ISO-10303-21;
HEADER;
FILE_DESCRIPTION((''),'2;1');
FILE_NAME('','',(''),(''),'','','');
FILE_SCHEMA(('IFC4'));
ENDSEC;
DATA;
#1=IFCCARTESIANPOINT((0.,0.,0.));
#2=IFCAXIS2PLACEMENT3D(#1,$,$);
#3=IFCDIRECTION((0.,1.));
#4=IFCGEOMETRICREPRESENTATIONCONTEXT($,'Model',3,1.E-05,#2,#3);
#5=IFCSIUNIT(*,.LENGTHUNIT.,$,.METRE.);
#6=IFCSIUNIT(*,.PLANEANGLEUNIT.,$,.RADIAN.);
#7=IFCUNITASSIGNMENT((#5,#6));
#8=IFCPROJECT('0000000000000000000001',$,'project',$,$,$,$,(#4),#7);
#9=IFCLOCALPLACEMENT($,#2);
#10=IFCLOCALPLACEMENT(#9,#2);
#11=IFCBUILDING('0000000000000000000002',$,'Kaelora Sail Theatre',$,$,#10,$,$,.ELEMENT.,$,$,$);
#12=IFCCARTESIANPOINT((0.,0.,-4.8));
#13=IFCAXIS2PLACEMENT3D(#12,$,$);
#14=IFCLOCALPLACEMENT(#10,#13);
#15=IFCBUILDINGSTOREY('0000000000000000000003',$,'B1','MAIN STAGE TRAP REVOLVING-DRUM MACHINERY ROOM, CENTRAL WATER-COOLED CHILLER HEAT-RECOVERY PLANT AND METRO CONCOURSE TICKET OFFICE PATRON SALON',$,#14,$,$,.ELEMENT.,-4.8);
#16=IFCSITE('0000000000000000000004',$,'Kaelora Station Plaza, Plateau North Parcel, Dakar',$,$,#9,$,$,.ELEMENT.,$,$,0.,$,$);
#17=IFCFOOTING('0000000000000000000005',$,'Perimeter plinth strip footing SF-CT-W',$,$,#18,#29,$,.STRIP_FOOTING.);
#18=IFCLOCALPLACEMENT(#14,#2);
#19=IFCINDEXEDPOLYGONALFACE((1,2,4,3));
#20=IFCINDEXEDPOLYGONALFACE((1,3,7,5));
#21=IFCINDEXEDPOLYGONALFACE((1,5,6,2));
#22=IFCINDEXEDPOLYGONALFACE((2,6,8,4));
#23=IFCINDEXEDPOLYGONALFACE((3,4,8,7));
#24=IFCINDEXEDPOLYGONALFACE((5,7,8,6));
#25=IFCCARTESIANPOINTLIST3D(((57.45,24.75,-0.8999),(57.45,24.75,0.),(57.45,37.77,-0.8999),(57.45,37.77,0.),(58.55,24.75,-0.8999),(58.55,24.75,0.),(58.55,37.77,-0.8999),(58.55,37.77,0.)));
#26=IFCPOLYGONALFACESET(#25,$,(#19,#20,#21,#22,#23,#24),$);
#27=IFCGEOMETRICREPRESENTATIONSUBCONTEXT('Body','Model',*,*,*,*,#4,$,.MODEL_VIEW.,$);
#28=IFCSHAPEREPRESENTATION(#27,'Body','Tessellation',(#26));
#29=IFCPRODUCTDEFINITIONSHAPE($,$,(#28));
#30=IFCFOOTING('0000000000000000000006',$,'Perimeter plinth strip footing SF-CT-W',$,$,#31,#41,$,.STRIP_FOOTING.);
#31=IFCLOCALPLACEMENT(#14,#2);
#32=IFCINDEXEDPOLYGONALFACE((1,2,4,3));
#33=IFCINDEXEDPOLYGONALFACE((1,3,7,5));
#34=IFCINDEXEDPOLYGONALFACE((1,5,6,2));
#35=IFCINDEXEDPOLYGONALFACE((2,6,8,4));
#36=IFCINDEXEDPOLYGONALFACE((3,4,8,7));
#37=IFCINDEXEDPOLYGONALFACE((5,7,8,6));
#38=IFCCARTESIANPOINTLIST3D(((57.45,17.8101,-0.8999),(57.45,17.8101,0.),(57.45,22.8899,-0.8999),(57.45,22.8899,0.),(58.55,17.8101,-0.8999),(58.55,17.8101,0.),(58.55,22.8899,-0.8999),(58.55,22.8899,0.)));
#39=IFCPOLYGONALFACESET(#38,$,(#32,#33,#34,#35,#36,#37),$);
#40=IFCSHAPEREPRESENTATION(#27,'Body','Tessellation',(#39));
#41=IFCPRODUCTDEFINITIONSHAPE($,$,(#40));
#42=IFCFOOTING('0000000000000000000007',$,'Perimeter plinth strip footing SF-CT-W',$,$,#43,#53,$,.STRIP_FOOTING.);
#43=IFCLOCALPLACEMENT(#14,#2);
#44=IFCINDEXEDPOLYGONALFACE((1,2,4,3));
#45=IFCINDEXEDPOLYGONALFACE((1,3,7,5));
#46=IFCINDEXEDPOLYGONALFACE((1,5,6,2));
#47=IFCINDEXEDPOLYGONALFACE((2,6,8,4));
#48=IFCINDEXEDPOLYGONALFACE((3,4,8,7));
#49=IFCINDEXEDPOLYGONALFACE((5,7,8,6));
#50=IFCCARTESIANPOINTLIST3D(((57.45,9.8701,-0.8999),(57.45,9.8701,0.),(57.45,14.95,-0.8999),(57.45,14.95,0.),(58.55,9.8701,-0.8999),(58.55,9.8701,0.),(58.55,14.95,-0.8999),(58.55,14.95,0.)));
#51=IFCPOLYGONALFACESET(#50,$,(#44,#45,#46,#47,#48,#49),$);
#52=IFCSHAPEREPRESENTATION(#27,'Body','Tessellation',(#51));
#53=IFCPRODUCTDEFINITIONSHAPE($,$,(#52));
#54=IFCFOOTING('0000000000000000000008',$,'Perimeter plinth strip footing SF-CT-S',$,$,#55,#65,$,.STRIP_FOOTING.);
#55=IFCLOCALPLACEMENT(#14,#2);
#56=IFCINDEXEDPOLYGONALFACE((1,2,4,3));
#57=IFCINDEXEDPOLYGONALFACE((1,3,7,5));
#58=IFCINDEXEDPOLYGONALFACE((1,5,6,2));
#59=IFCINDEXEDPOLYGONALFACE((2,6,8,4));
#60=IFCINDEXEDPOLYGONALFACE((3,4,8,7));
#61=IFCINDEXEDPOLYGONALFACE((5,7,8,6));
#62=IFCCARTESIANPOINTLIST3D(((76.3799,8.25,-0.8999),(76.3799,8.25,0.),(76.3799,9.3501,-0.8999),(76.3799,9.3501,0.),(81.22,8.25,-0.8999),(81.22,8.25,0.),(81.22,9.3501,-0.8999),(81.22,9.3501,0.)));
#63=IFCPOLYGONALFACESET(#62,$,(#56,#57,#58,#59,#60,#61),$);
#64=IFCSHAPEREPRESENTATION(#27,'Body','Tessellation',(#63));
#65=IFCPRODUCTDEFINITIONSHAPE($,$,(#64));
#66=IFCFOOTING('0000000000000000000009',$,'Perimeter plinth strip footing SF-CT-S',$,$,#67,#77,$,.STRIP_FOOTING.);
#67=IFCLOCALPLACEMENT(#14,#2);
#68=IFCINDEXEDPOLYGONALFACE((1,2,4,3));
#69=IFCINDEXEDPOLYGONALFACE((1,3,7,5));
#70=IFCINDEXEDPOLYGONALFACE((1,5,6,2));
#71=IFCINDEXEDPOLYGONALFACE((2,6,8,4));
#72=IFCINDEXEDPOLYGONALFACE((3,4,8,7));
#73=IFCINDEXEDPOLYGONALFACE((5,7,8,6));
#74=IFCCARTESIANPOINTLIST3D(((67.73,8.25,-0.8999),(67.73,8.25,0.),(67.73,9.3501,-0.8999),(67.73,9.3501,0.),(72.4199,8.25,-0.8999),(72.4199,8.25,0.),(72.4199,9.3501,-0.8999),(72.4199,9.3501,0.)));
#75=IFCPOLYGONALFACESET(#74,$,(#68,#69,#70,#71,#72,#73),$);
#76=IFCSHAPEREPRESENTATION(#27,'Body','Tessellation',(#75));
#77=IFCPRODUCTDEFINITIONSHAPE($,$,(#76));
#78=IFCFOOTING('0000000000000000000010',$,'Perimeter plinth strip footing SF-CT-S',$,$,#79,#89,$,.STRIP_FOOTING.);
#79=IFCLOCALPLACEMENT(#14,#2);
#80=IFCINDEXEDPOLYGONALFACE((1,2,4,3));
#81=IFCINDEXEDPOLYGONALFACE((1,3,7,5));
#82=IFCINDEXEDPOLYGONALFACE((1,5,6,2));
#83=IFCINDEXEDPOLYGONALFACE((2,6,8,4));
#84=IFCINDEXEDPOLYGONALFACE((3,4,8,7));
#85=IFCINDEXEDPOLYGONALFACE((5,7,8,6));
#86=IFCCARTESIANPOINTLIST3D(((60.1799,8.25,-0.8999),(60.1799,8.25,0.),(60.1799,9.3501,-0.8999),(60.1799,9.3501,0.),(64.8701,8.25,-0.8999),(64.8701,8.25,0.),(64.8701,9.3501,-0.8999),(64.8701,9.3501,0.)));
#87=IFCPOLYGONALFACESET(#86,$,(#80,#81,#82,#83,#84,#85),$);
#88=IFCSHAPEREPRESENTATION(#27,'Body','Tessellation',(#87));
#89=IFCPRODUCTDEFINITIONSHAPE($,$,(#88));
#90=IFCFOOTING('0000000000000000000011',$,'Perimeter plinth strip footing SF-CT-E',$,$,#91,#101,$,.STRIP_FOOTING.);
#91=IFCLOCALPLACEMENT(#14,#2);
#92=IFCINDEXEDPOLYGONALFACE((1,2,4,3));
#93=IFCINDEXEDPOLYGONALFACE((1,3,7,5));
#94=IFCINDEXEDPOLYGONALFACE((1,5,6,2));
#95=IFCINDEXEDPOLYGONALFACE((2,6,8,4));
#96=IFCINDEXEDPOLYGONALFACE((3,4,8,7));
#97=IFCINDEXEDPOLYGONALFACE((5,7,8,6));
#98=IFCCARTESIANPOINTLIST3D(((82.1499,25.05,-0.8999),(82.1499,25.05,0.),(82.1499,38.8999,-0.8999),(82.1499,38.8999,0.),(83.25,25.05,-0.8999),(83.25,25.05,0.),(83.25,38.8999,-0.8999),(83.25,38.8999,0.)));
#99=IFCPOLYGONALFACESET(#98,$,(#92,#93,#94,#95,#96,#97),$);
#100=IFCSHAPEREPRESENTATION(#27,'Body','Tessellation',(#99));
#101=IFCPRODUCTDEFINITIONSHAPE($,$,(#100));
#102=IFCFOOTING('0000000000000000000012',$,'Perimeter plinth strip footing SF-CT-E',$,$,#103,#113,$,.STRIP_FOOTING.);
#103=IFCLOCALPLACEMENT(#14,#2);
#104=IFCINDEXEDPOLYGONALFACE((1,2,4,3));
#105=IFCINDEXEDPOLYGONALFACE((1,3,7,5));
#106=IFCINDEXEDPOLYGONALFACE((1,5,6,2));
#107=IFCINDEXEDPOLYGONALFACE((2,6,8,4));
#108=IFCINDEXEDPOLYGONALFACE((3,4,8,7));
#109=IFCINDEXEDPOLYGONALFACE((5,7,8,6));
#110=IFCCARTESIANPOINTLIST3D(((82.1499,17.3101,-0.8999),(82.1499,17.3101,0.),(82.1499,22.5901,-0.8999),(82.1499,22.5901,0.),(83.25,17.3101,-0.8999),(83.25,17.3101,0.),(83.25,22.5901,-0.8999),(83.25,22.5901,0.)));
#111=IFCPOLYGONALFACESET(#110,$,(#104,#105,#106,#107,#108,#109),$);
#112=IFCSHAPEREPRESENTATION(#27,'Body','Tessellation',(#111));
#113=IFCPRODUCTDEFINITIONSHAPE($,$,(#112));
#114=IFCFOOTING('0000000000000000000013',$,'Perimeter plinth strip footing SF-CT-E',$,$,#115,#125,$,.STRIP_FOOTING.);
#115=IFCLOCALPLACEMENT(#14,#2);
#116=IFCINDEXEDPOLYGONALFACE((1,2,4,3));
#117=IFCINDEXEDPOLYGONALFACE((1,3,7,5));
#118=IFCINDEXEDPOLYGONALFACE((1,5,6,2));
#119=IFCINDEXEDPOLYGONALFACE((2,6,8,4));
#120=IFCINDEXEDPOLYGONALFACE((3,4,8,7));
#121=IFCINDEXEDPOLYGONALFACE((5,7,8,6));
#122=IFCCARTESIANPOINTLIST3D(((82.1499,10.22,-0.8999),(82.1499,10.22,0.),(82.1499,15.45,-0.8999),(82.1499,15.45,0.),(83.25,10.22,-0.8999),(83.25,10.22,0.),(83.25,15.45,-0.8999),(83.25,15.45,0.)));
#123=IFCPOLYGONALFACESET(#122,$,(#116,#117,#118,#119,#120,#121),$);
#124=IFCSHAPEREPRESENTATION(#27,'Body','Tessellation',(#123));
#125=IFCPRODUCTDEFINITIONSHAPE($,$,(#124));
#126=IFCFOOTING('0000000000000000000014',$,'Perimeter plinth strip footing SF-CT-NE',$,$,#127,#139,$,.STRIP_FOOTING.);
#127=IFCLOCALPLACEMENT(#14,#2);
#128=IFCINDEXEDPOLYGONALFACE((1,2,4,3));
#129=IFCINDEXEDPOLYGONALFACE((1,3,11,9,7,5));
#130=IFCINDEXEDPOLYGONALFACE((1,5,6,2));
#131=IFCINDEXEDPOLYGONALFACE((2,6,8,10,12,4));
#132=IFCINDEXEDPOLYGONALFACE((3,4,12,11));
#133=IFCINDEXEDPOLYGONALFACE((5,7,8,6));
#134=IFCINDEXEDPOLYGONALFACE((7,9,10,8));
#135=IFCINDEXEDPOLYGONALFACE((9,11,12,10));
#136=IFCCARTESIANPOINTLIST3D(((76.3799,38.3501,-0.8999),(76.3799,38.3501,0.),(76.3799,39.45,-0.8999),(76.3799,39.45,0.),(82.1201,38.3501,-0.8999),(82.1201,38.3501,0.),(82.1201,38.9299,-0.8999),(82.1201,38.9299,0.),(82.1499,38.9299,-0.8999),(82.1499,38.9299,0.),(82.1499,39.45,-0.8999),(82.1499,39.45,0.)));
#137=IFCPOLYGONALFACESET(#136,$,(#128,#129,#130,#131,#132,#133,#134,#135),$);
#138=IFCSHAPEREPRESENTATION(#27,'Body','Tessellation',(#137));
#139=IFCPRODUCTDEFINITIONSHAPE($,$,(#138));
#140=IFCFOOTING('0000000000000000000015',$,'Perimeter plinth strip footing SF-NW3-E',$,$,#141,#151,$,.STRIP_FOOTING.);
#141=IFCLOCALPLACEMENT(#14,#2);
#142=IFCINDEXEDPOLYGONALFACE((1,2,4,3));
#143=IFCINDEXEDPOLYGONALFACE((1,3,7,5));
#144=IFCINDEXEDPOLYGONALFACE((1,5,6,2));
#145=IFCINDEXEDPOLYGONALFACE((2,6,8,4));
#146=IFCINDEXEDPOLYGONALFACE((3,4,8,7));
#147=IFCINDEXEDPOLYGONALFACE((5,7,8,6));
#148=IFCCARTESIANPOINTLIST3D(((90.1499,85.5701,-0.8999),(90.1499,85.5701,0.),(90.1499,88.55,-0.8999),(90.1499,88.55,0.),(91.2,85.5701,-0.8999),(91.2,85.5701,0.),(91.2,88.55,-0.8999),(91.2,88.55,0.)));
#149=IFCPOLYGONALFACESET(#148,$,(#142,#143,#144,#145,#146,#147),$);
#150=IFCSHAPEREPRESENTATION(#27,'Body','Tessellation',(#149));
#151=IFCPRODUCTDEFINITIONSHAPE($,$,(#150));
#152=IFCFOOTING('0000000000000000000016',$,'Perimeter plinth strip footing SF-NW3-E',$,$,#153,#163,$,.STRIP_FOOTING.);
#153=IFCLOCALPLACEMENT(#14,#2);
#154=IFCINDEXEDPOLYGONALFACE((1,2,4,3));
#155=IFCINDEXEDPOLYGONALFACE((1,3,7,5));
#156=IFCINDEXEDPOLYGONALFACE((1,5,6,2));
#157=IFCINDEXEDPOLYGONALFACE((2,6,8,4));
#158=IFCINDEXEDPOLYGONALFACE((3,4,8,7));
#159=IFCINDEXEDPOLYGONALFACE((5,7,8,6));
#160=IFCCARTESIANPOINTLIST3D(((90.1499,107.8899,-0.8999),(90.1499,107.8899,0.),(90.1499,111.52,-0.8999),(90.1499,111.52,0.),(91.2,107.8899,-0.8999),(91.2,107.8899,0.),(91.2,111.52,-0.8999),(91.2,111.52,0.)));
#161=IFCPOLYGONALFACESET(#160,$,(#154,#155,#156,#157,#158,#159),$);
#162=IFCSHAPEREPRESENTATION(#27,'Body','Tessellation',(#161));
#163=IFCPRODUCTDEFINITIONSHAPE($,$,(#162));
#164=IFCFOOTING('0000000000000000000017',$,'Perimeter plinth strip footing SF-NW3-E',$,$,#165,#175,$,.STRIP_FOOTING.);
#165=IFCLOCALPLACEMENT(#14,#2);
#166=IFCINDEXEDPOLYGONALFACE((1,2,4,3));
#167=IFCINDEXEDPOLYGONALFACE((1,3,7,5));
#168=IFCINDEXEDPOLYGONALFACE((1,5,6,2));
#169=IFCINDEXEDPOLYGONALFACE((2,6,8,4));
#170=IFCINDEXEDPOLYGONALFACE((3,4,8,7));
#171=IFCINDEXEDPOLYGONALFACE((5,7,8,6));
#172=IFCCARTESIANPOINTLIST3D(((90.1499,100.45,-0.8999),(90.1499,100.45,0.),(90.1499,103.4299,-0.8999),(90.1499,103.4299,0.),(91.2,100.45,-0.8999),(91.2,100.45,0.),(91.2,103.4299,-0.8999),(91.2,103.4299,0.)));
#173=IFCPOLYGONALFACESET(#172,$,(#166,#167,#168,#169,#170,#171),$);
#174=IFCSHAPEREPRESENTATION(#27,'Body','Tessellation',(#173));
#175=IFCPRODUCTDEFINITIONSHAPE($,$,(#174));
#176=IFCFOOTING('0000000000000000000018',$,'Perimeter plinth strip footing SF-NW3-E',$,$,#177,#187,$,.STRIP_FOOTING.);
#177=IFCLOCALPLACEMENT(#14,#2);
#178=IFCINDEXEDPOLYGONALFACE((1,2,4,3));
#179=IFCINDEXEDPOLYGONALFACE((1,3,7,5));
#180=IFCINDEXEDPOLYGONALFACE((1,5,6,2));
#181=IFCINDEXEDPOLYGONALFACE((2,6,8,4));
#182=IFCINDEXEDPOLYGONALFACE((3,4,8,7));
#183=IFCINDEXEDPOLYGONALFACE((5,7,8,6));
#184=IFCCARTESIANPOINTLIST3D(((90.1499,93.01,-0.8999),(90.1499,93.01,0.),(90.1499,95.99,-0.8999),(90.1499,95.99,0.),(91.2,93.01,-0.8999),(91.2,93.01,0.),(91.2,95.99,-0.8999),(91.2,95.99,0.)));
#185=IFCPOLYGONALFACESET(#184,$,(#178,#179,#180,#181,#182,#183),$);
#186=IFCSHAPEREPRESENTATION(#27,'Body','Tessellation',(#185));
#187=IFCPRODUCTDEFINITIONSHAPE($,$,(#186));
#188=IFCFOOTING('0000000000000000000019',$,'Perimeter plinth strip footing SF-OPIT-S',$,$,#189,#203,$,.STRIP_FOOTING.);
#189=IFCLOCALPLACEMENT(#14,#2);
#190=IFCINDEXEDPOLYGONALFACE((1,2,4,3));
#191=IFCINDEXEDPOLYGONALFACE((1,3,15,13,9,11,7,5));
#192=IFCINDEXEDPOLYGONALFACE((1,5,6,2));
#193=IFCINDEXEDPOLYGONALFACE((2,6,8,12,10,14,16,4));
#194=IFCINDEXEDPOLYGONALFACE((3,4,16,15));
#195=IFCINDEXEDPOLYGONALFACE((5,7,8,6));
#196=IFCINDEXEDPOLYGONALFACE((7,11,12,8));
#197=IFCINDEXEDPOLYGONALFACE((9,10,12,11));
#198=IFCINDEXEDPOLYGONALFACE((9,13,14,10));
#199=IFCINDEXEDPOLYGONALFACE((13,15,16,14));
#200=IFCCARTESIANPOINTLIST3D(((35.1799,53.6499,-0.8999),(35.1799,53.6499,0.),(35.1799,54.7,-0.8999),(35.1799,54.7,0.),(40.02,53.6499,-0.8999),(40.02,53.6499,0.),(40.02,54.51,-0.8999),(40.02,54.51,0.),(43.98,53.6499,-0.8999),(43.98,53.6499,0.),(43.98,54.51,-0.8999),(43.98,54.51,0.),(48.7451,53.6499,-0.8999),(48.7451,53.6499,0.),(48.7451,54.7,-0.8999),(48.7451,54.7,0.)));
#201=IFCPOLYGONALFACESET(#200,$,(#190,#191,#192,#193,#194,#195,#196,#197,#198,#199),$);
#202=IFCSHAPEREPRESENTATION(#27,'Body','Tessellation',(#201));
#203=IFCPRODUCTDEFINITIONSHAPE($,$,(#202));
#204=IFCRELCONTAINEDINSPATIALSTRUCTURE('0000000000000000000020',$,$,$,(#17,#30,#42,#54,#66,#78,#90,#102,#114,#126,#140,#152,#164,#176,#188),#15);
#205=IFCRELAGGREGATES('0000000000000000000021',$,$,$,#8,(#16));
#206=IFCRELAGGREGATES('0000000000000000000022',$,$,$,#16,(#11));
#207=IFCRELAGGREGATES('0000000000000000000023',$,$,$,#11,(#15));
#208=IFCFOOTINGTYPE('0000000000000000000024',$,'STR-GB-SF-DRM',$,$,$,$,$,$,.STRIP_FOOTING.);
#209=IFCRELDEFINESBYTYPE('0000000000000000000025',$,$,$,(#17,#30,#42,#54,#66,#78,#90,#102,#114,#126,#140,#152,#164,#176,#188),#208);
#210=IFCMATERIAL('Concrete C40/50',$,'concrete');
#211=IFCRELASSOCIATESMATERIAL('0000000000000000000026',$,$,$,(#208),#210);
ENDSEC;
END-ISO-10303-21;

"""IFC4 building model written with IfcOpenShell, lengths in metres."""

from ifc_helpers import new_model, si_unit, direction, frame, origin, place, context, subcontext, project, spatial, polyline, outline, extrude, material, type_object, element, save


model = new_model("IFC4")

# Units and contexts
model_context = context("Model", 3, precision=1e-05, world=origin(), true_north=direction((0.0, 1.0)))
body_context = subcontext(model_context, "Body", "Model", "MODEL_VIEW")
ifc_project = project(units=[si_unit("LENGTHUNIT", "METRE"), si_unit("PLANEANGLEUNIT", "RADIAN")], contexts=[model_context])

# Site, building, storey
site_placement = place(None, origin())
site = spatial("IfcSite", under=ifc_project, at=site_placement, Name="Kaelora Station Plaza, Plateau North Parcel, Dakar", CompositionType="ELEMENT", RefElevation=0.0)
building_placement = place(site_placement, origin())
building = spatial("IfcBuilding", under=site, at=building_placement, Name="Kaelora Sail Theatre", CompositionType="ELEMENT")
storey_placement = place(building_placement, frame((0.0, 0.0, -4.8)))
storey = spatial("IfcBuildingStorey", under=building, at=storey_placement, Name="B1", Description="MAIN STAGE TRAP REVOLVING-DRUM MACHINERY ROOM, CENTRAL WATER-COOLED CHILLER HEAT-RECOVERY PLANT AND METRO CONCOURSE TICKET OFFICE PATRON SALON", CompositionType="ELEMENT", Elevation=-4.8)

# Footings
ifc_material = material(Name="Concrete C40/50", Category="concrete")
footing_type = type_object("IfcFootingType", Name="STR-GB-SF-DRM", PredefinedType="STRIP_FOOTING", material=ifc_material)
footing_1_placement = place(storey_placement, frame((0.0, 0.0, -0.8999)))
element("IfcFooting", 1, at=footing_1_placement, inside=storey, type_object=footing_type, Name="Perimeter plinth strip footing SF-CT-W", PredefinedType="STRIP_FOOTING", context=body_context, shape_type="SweptSolid", body=[
    extrude(outline(polyline([(57.45, 24.75), (57.45, 37.77), (58.55, 37.77), (58.55, 24.75), (57.45, 24.75)])), origin(), (0.0, 0.0, 1.0), 0.8999),
])
footing_2_placement = place(storey_placement, frame((0.0, 0.0, -0.8999)))
element("IfcFooting", 2, at=footing_2_placement, inside=storey, type_object=footing_type, Name="Perimeter plinth strip footing SF-CT-W", PredefinedType="STRIP_FOOTING", context=body_context, shape_type="SweptSolid", body=[
    extrude(outline(polyline([(57.45, 17.8101), (57.45, 22.8899), (58.55, 22.8899), (58.55, 17.8101), (57.45, 17.8101)])), origin(), (0.0, 0.0, 1.0), 0.8999),
])
footing_3_placement = place(storey_placement, frame((0.0, 0.0, -0.8999)))
element("IfcFooting", 3, at=footing_3_placement, inside=storey, type_object=footing_type, Name="Perimeter plinth strip footing SF-CT-W", PredefinedType="STRIP_FOOTING", context=body_context, shape_type="SweptSolid", body=[
    extrude(outline(polyline([(57.45, 14.95), (58.55, 14.95), (58.55, 9.8701), (57.45, 9.8701), (57.45, 14.95)])), origin(), (0.0, 0.0, 1.0), 0.8999),
])
footing_4_placement = place(storey_placement, frame((0.0, 0.0, -0.8999)))
element("IfcFooting", 4, at=footing_4_placement, inside=storey, type_object=footing_type, Name="Perimeter plinth strip footing SF-CT-S", PredefinedType="STRIP_FOOTING", context=body_context, shape_type="SweptSolid", body=[
    extrude(outline(polyline([(81.22, 9.3501), (81.22, 8.25), (76.3799, 8.25), (76.3799, 9.3501), (81.22, 9.3501)])), origin(), (0.0, 0.0, 1.0), 0.8999),
])
footing_5_placement = place(storey_placement, frame((0.0, 0.0, -0.8999)))
element("IfcFooting", 5, at=footing_5_placement, inside=storey, type_object=footing_type, Name="Perimeter plinth strip footing SF-CT-S", PredefinedType="STRIP_FOOTING", context=body_context, shape_type="SweptSolid", body=[
    extrude(outline(polyline([(72.4199, 9.3501), (72.4199, 8.25), (67.73, 8.25), (67.73, 9.3501), (72.4199, 9.3501)])), origin(), (0.0, 0.0, 1.0), 0.8999),
])
footing_6_placement = place(storey_placement, frame((0.0, 0.0, -0.8999)))
element("IfcFooting", 6, at=footing_6_placement, inside=storey, type_object=footing_type, Name="Perimeter plinth strip footing SF-CT-S", PredefinedType="STRIP_FOOTING", context=body_context, shape_type="SweptSolid", body=[
    extrude(outline(polyline([(64.8701, 8.25), (60.1799, 8.25), (60.1799, 9.3501), (64.8701, 9.3501), (64.8701, 8.25)])), origin(), (0.0, 0.0, 1.0), 0.8999),
])
footing_7_placement = place(storey_placement, frame((0.0, 0.0, -0.8999)))
element("IfcFooting", 7, at=footing_7_placement, inside=storey, type_object=footing_type, Name="Perimeter plinth strip footing SF-CT-E", PredefinedType="STRIP_FOOTING", context=body_context, shape_type="SweptSolid", body=[
    extrude(outline(polyline([(82.1499, 38.8999), (83.25, 38.8999), (83.25, 25.05), (82.1499, 25.05), (82.1499, 38.8999)])), origin(), (0.0, 0.0, 1.0), 0.8999),
])
footing_8_placement = place(storey_placement, frame((0.0, 0.0, -0.8999)))
element("IfcFooting", 8, at=footing_8_placement, inside=storey, type_object=footing_type, Name="Perimeter plinth strip footing SF-CT-E", PredefinedType="STRIP_FOOTING", context=body_context, shape_type="SweptSolid", body=[
    extrude(outline(polyline([(82.1499, 22.5901), (83.25, 22.5901), (83.25, 17.3101), (82.1499, 17.3101), (82.1499, 22.5901)])), origin(), (0.0, 0.0, 1.0), 0.8999),
])
footing_9_placement = place(storey_placement, frame((0.0, 0.0, -0.8999)))
element("IfcFooting", 9, at=footing_9_placement, inside=storey, type_object=footing_type, Name="Perimeter plinth strip footing SF-CT-E", PredefinedType="STRIP_FOOTING", context=body_context, shape_type="SweptSolid", body=[
    extrude(outline(polyline([(83.25, 15.45), (83.25, 10.22), (82.1499, 10.22), (82.1499, 15.45), (83.25, 15.45)])), origin(), (0.0, 0.0, 1.0), 0.8999),
])
footing_10_placement = place(storey_placement, frame((0.0, 0.0, -0.8999)))
element("IfcFooting", 10, at=footing_10_placement, inside=storey, type_object=footing_type, Name="Perimeter plinth strip footing SF-CT-NE", PredefinedType="STRIP_FOOTING", context=body_context, shape_type="SweptSolid", body=[
    extrude(outline(polyline([(82.1201, 38.3501), (76.3799, 38.3501), (76.3799, 39.45), (82.1499, 39.45), (82.1499, 38.9299), (82.1201, 38.9299), (82.1201, 38.3501)])), origin(), (0.0, 0.0, 1.0), 0.8999),
])
footing_11_placement = place(storey_placement, frame((0.0, 0.0, -0.8999)))
element("IfcFooting", 11, at=footing_11_placement, inside=storey, type_object=footing_type, Name="Perimeter plinth strip footing SF-NW3-E", PredefinedType="STRIP_FOOTING", context=body_context, shape_type="SweptSolid", body=[
    extrude(outline(polyline([(90.1499, 88.55), (91.2, 88.55), (91.2, 85.5701), (90.1499, 85.5701), (90.1499, 88.55)])), origin(), (0.0, 0.0, 1.0), 0.8999),
])
footing_12_placement = place(storey_placement, frame((0.0, 0.0, -0.8999)))
element("IfcFooting", 12, at=footing_12_placement, inside=storey, type_object=footing_type, Name="Perimeter plinth strip footing SF-NW3-E", PredefinedType="STRIP_FOOTING", context=body_context, shape_type="SweptSolid", body=[
    extrude(outline(polyline([(91.2, 111.52), (91.2, 107.8899), (90.1499, 107.8899), (90.1499, 111.52), (91.2, 111.52)])), origin(), (0.0, 0.0, 1.0), 0.8999),
])
footing_13_placement = place(storey_placement, frame((0.0, 0.0, -0.8999)))
element("IfcFooting", 13, at=footing_13_placement, inside=storey, type_object=footing_type, Name="Perimeter plinth strip footing SF-NW3-E", PredefinedType="STRIP_FOOTING", context=body_context, shape_type="SweptSolid", body=[
    extrude(outline(polyline([(91.2, 103.4299), (91.2, 100.45), (90.1499, 100.45), (90.1499, 103.4299), (91.2, 103.4299)])), origin(), (0.0, 0.0, 1.0), 0.8999),
])
footing_14_placement = place(storey_placement, frame((0.0, 0.0, -0.8999)))
element("IfcFooting", 14, at=footing_14_placement, inside=storey, type_object=footing_type, Name="Perimeter plinth strip footing SF-NW3-E", PredefinedType="STRIP_FOOTING", context=body_context, shape_type="SweptSolid", body=[
    extrude(outline(polyline([(91.2, 93.01), (90.1499, 93.01), (90.1499, 95.99), (91.2, 95.99), (91.2, 93.01)])), origin(), (0.0, 0.0, 1.0), 0.8999),
])
footing_15_placement = place(storey_placement, frame((0.0, 0.0, -0.8999)))
element("IfcFooting", 15, at=footing_15_placement, inside=storey, type_object=footing_type, Name="Perimeter plinth strip footing SF-OPIT-S", PredefinedType="STRIP_FOOTING", context=body_context, shape_type="SweptSolid", body=[
    extrude(outline(polyline([(35.1799, 54.7), (48.7451, 54.7), (48.7451, 53.6499), (43.98, 53.6499), (43.98, 54.51), (40.02, 54.51), (40.02, 53.6499), (35.1799, 53.6499), (35.1799, 54.7)])), origin(), (0.0, 0.0, 1.0), 0.8999),
])

save(model, "model.ifc")
